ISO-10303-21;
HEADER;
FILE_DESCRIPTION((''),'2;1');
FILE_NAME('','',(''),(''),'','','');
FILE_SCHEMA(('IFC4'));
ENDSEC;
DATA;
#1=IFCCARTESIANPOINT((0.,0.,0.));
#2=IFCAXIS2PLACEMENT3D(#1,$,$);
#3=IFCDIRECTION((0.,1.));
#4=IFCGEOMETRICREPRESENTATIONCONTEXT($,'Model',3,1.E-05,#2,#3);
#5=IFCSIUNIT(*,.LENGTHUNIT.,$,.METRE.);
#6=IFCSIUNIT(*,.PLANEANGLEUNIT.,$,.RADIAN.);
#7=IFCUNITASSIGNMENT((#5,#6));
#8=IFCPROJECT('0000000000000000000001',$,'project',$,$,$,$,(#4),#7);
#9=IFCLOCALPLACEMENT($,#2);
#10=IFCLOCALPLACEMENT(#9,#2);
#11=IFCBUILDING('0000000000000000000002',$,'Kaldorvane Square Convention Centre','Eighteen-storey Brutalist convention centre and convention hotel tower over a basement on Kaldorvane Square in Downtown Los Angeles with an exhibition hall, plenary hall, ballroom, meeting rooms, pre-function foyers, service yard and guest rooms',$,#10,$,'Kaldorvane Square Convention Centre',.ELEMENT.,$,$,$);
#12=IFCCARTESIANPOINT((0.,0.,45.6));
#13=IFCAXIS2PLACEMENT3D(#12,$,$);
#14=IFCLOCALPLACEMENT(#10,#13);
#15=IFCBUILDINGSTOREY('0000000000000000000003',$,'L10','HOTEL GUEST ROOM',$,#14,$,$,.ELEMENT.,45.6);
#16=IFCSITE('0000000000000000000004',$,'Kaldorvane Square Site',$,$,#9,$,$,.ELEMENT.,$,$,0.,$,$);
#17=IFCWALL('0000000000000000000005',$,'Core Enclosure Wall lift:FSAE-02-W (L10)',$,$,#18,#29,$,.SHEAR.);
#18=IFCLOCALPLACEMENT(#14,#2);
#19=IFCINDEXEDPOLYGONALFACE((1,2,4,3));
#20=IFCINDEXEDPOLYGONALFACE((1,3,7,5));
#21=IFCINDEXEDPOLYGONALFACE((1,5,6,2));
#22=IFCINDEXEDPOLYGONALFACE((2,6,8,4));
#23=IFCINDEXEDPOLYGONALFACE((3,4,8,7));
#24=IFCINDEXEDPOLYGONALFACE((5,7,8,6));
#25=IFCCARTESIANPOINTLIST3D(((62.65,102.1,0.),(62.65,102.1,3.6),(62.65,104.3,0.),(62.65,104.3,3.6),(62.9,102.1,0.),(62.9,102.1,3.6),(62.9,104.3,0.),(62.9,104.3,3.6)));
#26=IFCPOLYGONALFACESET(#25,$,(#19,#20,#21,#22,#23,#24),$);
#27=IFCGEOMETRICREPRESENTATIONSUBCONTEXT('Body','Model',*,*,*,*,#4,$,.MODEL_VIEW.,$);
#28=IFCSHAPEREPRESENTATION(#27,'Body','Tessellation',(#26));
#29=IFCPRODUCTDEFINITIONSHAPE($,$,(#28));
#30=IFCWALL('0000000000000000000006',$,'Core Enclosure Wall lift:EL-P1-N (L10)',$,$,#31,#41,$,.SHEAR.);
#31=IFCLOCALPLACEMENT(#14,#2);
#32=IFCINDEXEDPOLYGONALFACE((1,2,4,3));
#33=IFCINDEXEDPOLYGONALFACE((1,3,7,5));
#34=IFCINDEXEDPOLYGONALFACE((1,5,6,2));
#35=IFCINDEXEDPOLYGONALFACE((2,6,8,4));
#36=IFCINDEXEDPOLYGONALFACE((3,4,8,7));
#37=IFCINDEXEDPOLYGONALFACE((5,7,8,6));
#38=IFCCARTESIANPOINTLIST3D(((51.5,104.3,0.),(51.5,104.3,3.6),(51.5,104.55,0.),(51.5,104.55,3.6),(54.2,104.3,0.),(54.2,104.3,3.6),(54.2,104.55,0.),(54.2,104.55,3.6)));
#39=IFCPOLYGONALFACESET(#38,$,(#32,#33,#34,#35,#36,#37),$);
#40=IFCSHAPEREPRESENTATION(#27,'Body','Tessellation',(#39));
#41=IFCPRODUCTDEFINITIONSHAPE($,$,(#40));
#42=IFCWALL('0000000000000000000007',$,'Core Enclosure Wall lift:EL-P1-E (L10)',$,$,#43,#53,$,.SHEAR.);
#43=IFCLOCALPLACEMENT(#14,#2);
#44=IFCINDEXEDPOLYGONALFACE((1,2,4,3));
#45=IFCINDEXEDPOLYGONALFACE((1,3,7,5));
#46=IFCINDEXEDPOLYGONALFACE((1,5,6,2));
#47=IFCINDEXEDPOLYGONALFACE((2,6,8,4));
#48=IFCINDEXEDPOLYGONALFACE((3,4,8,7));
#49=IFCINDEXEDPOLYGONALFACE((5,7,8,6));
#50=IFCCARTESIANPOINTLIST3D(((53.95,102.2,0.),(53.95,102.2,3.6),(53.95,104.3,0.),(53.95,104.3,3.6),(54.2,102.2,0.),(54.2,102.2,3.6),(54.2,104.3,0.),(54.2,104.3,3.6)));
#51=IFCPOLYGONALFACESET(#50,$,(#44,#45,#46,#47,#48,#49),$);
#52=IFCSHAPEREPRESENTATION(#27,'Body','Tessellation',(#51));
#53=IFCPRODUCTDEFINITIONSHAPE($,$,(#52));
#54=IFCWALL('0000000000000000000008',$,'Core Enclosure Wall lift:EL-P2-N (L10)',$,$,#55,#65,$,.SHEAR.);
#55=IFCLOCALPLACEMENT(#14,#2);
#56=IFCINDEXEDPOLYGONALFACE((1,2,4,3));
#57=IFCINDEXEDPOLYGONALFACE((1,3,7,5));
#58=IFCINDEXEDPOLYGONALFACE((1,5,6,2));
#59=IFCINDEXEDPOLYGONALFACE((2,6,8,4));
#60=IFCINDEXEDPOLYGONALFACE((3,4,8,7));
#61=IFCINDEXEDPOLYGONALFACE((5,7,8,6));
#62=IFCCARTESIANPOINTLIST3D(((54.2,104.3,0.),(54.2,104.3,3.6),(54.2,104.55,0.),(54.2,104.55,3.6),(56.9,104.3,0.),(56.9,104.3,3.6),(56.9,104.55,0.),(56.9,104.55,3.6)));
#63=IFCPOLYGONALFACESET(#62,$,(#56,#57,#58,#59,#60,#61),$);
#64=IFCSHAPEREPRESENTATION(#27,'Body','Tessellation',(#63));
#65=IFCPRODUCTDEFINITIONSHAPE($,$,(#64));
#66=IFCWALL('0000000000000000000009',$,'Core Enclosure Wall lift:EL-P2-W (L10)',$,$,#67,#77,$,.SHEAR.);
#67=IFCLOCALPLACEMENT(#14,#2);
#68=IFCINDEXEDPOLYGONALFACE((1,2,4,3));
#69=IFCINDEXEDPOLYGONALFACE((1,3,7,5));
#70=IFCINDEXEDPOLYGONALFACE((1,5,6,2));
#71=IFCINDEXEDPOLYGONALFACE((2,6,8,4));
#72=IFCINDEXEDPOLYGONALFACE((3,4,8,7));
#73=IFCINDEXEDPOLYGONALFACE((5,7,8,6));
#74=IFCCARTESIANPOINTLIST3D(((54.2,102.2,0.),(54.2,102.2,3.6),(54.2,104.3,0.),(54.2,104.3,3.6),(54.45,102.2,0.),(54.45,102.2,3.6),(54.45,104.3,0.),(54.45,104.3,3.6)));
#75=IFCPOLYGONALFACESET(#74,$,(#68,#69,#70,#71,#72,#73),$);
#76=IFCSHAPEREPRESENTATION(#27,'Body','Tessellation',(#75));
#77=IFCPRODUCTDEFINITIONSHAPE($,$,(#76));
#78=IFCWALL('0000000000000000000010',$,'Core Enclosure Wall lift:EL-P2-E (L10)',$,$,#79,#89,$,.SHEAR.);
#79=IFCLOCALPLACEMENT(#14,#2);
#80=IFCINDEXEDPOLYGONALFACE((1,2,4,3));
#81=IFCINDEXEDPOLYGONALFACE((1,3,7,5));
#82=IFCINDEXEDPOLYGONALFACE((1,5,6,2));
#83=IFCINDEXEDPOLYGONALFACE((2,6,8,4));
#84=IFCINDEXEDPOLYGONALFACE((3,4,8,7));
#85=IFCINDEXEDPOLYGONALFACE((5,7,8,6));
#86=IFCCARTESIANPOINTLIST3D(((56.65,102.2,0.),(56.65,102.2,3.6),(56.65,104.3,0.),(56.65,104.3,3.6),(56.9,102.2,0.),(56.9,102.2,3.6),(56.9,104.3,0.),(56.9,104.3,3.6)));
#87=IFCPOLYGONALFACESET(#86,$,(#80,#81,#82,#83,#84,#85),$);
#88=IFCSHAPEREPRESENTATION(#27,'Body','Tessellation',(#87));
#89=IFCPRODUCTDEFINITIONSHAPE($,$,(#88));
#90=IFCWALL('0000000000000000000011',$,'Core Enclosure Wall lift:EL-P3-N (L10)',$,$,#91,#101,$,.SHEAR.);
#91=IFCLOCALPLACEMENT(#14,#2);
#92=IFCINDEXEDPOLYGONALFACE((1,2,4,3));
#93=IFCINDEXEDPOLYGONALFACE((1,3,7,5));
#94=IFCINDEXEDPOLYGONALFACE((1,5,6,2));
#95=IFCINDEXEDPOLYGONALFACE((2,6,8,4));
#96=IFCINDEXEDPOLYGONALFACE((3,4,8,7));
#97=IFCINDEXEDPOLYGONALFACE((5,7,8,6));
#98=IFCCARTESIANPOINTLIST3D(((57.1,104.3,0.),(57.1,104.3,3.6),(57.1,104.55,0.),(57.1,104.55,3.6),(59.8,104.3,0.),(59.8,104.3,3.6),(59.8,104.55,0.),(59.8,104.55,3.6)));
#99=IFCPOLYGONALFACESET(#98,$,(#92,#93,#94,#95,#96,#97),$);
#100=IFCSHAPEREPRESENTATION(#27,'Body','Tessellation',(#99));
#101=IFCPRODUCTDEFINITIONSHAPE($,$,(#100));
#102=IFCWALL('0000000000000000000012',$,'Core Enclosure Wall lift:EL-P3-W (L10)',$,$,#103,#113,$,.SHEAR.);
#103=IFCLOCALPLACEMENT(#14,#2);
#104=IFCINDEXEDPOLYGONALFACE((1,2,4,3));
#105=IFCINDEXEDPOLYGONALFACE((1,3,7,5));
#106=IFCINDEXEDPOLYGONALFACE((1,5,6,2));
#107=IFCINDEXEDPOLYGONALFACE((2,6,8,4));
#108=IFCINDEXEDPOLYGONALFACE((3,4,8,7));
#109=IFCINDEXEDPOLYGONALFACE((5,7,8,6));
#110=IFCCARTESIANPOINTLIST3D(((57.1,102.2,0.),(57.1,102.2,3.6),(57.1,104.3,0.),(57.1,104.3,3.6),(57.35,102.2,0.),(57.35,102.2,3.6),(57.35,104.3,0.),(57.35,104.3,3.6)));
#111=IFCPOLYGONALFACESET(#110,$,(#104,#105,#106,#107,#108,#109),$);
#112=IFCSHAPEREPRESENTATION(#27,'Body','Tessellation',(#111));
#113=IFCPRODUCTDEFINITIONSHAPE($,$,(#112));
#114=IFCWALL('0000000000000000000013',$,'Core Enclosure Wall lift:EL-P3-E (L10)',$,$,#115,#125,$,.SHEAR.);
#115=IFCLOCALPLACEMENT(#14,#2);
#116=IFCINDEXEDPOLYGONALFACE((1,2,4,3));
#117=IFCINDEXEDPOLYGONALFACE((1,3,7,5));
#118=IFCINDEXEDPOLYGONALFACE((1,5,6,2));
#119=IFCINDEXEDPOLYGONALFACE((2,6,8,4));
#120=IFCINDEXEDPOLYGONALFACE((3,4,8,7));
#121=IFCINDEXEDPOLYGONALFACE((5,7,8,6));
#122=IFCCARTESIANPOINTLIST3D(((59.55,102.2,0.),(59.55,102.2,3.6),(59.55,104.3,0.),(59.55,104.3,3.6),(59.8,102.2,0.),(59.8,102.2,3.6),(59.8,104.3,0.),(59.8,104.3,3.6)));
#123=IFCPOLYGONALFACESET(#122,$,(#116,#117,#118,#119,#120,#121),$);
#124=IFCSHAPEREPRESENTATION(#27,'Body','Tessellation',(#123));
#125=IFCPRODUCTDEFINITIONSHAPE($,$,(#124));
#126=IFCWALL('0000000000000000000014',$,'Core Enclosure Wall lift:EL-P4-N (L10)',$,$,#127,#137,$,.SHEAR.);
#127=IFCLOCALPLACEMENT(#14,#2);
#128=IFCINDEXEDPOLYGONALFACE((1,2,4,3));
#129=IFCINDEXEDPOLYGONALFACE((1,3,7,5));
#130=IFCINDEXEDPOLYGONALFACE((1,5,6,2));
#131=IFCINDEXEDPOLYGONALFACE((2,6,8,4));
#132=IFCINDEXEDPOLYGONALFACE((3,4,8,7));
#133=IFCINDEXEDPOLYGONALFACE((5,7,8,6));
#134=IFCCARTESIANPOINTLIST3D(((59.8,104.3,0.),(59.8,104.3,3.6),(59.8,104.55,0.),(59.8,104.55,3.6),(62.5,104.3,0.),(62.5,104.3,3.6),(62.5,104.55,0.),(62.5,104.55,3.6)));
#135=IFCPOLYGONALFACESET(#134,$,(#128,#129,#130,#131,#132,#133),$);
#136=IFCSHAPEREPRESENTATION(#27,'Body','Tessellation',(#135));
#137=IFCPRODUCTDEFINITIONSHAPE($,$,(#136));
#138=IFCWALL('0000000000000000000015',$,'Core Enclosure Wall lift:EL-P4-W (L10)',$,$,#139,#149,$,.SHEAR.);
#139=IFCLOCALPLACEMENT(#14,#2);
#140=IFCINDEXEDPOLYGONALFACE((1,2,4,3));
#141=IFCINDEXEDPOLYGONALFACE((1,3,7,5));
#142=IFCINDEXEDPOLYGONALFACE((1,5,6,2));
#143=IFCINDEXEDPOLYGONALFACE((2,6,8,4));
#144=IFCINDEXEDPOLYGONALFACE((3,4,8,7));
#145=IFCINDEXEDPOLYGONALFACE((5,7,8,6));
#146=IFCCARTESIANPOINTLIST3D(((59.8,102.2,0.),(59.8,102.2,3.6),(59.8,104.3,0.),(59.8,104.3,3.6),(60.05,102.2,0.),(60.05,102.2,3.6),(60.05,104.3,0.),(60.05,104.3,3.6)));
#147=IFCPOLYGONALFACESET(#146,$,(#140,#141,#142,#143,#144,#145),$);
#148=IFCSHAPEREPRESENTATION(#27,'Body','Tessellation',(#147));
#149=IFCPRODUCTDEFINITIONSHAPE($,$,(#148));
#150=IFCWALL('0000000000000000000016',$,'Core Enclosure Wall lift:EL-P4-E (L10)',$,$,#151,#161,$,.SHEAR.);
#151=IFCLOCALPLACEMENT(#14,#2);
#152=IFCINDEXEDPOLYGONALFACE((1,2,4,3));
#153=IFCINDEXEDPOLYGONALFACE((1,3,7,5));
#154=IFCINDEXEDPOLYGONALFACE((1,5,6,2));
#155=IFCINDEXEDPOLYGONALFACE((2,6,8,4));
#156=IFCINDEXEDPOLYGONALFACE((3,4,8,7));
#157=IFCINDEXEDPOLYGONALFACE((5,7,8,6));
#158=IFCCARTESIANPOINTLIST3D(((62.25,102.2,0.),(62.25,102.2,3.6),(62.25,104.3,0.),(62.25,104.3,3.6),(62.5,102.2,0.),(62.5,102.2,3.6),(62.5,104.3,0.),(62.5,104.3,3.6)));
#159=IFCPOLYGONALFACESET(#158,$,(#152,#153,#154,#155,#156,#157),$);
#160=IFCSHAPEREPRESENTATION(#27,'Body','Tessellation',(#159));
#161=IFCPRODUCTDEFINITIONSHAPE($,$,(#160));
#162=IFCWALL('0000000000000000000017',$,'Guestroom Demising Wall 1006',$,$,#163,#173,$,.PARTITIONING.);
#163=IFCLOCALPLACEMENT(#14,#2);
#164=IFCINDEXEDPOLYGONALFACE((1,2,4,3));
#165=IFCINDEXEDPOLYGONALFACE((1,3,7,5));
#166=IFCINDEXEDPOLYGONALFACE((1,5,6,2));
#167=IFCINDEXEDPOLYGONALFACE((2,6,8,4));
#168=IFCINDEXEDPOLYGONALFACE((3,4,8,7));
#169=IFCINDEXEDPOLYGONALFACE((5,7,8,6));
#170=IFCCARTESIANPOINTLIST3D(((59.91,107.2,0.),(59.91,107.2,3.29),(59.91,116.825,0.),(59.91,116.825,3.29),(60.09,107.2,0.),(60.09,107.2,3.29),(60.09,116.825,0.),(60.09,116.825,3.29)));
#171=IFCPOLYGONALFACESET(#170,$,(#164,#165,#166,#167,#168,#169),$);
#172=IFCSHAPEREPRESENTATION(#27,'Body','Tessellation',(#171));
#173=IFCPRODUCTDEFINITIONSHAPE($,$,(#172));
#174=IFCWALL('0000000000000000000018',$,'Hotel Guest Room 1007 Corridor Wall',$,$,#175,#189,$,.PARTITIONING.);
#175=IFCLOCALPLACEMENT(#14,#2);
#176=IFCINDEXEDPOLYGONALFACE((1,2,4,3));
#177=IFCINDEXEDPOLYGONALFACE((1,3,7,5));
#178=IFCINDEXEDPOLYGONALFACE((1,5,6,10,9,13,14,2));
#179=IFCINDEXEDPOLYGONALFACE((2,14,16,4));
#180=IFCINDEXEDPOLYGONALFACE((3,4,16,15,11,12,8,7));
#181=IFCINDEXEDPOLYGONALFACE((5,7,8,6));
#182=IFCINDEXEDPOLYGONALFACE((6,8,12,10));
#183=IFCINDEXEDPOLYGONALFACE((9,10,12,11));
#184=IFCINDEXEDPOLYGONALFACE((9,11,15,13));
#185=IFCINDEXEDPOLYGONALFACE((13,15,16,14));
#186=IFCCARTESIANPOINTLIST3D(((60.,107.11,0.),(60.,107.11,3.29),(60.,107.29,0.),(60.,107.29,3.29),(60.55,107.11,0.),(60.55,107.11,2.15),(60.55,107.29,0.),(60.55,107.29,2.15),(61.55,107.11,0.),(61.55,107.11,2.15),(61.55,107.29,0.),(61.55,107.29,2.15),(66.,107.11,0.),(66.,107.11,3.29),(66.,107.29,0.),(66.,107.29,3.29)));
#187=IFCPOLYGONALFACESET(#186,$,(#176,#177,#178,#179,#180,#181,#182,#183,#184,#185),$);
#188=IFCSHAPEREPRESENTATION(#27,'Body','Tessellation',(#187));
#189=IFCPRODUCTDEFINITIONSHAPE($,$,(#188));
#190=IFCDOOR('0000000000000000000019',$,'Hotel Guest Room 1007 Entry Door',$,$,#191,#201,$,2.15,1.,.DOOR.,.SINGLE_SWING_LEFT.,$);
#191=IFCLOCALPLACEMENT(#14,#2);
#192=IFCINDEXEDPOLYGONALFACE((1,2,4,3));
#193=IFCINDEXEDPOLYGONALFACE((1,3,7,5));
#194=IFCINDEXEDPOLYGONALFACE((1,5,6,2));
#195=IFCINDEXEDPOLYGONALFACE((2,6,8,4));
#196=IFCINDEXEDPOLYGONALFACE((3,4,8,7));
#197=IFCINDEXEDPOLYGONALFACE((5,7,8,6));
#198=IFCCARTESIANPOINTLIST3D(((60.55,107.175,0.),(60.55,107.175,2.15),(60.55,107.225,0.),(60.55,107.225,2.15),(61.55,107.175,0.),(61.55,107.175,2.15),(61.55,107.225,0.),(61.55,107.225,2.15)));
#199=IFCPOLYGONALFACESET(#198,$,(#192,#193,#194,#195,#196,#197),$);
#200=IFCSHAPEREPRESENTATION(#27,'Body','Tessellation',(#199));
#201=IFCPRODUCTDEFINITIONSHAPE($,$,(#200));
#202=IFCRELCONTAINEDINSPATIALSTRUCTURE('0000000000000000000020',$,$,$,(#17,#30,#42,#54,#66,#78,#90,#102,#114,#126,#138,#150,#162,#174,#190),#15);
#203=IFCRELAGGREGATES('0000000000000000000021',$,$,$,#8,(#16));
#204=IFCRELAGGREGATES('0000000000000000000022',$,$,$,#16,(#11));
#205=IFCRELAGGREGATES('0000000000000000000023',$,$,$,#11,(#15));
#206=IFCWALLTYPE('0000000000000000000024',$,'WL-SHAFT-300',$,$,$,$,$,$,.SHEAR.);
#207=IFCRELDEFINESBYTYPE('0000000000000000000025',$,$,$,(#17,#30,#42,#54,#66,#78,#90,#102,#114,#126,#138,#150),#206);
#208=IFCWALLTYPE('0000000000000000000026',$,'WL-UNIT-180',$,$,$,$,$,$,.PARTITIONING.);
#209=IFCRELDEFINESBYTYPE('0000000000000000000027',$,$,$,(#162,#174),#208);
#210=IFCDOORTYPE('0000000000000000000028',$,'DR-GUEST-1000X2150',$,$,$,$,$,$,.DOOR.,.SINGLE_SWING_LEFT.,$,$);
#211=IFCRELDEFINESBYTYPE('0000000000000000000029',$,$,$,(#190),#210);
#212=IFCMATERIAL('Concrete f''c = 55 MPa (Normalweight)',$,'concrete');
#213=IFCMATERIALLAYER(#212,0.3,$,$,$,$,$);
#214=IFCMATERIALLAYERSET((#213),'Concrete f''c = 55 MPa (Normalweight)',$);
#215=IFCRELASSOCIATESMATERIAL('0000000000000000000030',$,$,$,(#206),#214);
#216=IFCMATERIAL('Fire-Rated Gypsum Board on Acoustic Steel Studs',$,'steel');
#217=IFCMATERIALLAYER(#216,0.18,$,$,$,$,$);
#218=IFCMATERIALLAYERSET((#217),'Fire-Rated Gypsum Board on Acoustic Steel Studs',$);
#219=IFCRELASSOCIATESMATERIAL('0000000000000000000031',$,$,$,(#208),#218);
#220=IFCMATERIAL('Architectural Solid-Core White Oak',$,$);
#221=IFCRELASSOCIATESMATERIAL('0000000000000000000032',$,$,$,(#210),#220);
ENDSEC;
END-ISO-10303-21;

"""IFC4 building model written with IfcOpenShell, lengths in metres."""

from ifc_helpers import new_model, si_unit, direction, frame, frame_2d, origin, place, context, subcontext, project, spatial, rectangle, extrude, material, layer, layer_set, type_object, element, fill, save


model = new_model("IFC4")

# Units and contexts
model_context = context("Model", 3, precision=1e-05, world=origin(), true_north=direction((0.0, 1.0)))
body_context = subcontext(model_context, "Body", "Model", "MODEL_VIEW")
ifc_project = project(units=[si_unit("LENGTHUNIT", "METRE"), si_unit("PLANEANGLEUNIT", "RADIAN")], contexts=[model_context])

# Site, building, storey
site_placement = place(None, origin())
site = spatial("IfcSite", under=ifc_project, at=site_placement, Name="Kaldorvane Square Site", CompositionType="ELEMENT", RefElevation=0.0)
building_placement = place(site_placement, origin())
building = spatial("IfcBuilding", under=site, at=building_placement, Name="Kaldorvane Square Convention Centre", Description="Eighteen-storey Brutalist convention centre and convention hotel tower over a basement on Kaldorvane Square in Downtown Los Angeles with an exhibition hall, plenary hall, ballroom, meeting rooms, pre-function foyers, service yard and guest rooms", LongName="Kaldorvane Square Convention Centre", CompositionType="ELEMENT")
storey_placement = place(building_placement, frame((0.0, 0.0, 45.6)))
storey = spatial("IfcBuildingStorey", under=building, at=storey_placement, Name="L10", Description="HOTEL GUEST ROOM", CompositionType="ELEMENT", Elevation=45.6)

# Shared definitions
ifc_material_1 = material(Name="Fire-Rated Gypsum Board on Acoustic Steel Studs", Category="steel")
ifc_material_2 = material(Name="Architectural Solid-Core White Oak")

# Walls
ifc_material_3 = material(Name="Concrete f'c = 55 MPa (Normalweight)", Category="concrete")
ifc_layer_1 = layer(ifc_material_3, 0.3)
ifc_layer_set_1 = layer_set([ifc_layer_1], Name="Concrete f'c = 55 MPa (Normalweight)")
wall_type_1 = type_object("IfcWallType", Name="WL-SHAFT-300", PredefinedType="SHEAR", material=ifc_layer_set_1)
wall_1_placement = place(storey_placement, frame((62.775, 104.3, 0.0), z_axis=(0.0, 0.0, 1.0), x_axis=(0.0, -1.0, 0.0)))
element("IfcWall", 1, at=wall_1_placement, inside=storey, type_object=wall_type_1, Name="Core Enclosure Wall lift:FSAE-02-W (L10)", PredefinedType="SHEAR", context=body_context, shape_type="SweptSolid", body=[
    extrude(rectangle(XDim=2.2, YDim=0.25, at=frame_2d((1.1, 0.0))), origin(), (0.0, 0.0, 1.0), 3.6),
])
wall_2_placement = place(storey_placement, frame((54.2, 104.425, 0.0), z_axis=(0.0, 0.0, 1.0), x_axis=(-1.0, 0.0, 0.0)))
element("IfcWall", 2, at=wall_2_placement, inside=storey, type_object=wall_type_1, Name="Core Enclosure Wall lift:EL-P1-N (L10)", PredefinedType="SHEAR", context=body_context, shape_type="SweptSolid", body=[
    extrude(rectangle(XDim=2.7, YDim=0.25, at=frame_2d((1.35, 0.0))), origin(), (0.0, 0.0, 1.0), 3.6),
])
wall_3_placement = place(storey_placement, frame((54.075, 102.2, 0.0), z_axis=(0.0, 0.0, 1.0), x_axis=(0.0, 1.0, 0.0)))
element("IfcWall", 3, at=wall_3_placement, inside=storey, type_object=wall_type_1, Name="Core Enclosure Wall lift:EL-P1-E (L10)", PredefinedType="SHEAR", context=body_context, shape_type="SweptSolid", body=[
    extrude(rectangle(XDim=2.1, YDim=0.25, at=frame_2d((1.05, 0.0))), origin(), (0.0, 0.0, 1.0), 3.6),
])
wall_4_placement = place(storey_placement, frame((56.9, 104.425, 0.0), z_axis=(0.0, 0.0, 1.0), x_axis=(-1.0, 0.0, 0.0)))
element("IfcWall", 4, at=wall_4_placement, inside=storey, type_object=wall_type_1, Name="Core Enclosure Wall lift:EL-P2-N (L10)", PredefinedType="SHEAR", context=body_context, shape_type="SweptSolid", body=[
    extrude(rectangle(XDim=2.7, YDim=0.25, at=frame_2d((1.35, 0.0))), origin(), (0.0, 0.0, 1.0), 3.6),
])
for number, where, z_axis, x_axis, name in (
    (5, (54.325, 104.3, 0.0), (0.0, 0.0, 1.0), (0.0, -1.0, 0.0), "Core Enclosure Wall lift:EL-P2-W (L10)"),
    (6, (56.775, 102.2, 0.0), (0.0, 0.0, 1.0), (0.0, 1.0, 0.0), "Core Enclosure Wall lift:EL-P2-E (L10)"),
):
    element("IfcWall", number, at=place(storey_placement, frame(where, z_axis=z_axis, x_axis=x_axis)), inside=storey, type_object=wall_type_1, Name=name, PredefinedType="SHEAR", context=body_context, shape_type="SweptSolid", body=[
        extrude(rectangle(XDim=2.1, YDim=0.25, at=frame_2d((1.05, 0.0))), origin(), (0.0, 0.0, 1.0), 3.6),
    ])
wall_5_placement = place(storey_placement, frame((59.8, 104.425, 0.0), z_axis=(0.0, 0.0, 1.0), x_axis=(-1.0, 0.0, 0.0)))
element("IfcWall", 7, at=wall_5_placement, inside=storey, type_object=wall_type_1, Name="Core Enclosure Wall lift:EL-P3-N (L10)", PredefinedType="SHEAR", context=body_context, shape_type="SweptSolid", body=[
    extrude(rectangle(XDim=2.7, YDim=0.25, at=frame_2d((1.35, 0.0))), origin(), (0.0, 0.0, 1.0), 3.6),
])
for number, where, z_axis, x_axis, name in (
    (8, (57.225, 104.3, 0.0), (0.0, 0.0, 1.0), (0.0, -1.0, 0.0), "Core Enclosure Wall lift:EL-P3-W (L10)"),
    (9, (59.675, 102.2, 0.0), (0.0, 0.0, 1.0), (0.0, 1.0, 0.0), "Core Enclosure Wall lift:EL-P3-E (L10)"),
):
    element("IfcWall", number, at=place(storey_placement, frame(where, z_axis=z_axis, x_axis=x_axis)), inside=storey, type_object=wall_type_1, Name=name, PredefinedType="SHEAR", context=body_context, shape_type="SweptSolid", body=[
        extrude(rectangle(XDim=2.1, YDim=0.25, at=frame_2d((1.05, 0.0))), origin(), (0.0, 0.0, 1.0), 3.6),
    ])
wall_6_placement = place(storey_placement, frame((62.5, 104.425, 0.0), z_axis=(0.0, 0.0, 1.0), x_axis=(-1.0, 0.0, 0.0)))
element("IfcWall", 10, at=wall_6_placement, inside=storey, type_object=wall_type_1, Name="Core Enclosure Wall lift:EL-P4-N (L10)", PredefinedType="SHEAR", context=body_context, shape_type="SweptSolid", body=[
    extrude(rectangle(XDim=2.7, YDim=0.25, at=frame_2d((1.35, 0.0))), origin(), (0.0, 0.0, 1.0), 3.6),
])
for number, where, z_axis, x_axis, name in (
    (11, (59.925, 104.3, 0.0), (0.0, 0.0, 1.0), (0.0, -1.0, 0.0), "Core Enclosure Wall lift:EL-P4-W (L10)"),
    (12, (62.375, 102.2, 0.0), (0.0, 0.0, 1.0), (0.0, 1.0, 0.0), "Core Enclosure Wall lift:EL-P4-E (L10)"),
):
    element("IfcWall", number, at=place(storey_placement, frame(where, z_axis=z_axis, x_axis=x_axis)), inside=storey, type_object=wall_type_1, Name=name, PredefinedType="SHEAR", context=body_context, shape_type="SweptSolid", body=[
        extrude(rectangle(XDim=2.1, YDim=0.25, at=frame_2d((1.05, 0.0))), origin(), (0.0, 0.0, 1.0), 3.6),
    ])
ifc_layer_2 = layer(ifc_material_1, 0.18)
ifc_layer_set_2 = layer_set([ifc_layer_2], Name="Fire-Rated Gypsum Board on Acoustic Steel Studs")
wall_type_2 = type_object("IfcWallType", Name="WL-UNIT-180", PredefinedType="PARTITIONING", material=ifc_layer_set_2)
wall_7_placement = place(storey_placement, frame((60.0, 107.2, 0.0), z_axis=(0.0, 0.0, 1.0), x_axis=(0.0, 1.0, 0.0)))
element("IfcWall", 13, at=wall_7_placement, inside=storey, type_object=wall_type_2, Name="Guestroom Demising Wall 1006", PredefinedType="PARTITIONING", context=body_context, shape_type="SweptSolid", body=[
    extrude(rectangle(XDim=9.625, YDim=0.18, at=frame_2d((4.8125, 0.0))), origin(), (0.0, 0.0, 1.0), 3.29),
])

# Wall, opening, door
wall_8_placement = place(storey_placement, frame((60.0, 107.2, 0.0), z_axis=(0.0, 0.0, 1.0), x_axis=(1.0, 0.0, 0.0)))
wall_8 = element("IfcWall", 14, at=wall_8_placement, inside=storey, type_object=wall_type_2, Name="Hotel Guest Room 1007 Corridor Wall", PredefinedType="PARTITIONING", context=body_context, shape_type="SweptSolid", body=[
    extrude(rectangle(XDim=6.0, YDim=0.18, at=frame_2d((3.0, 0.0))), origin(), (0.0, 0.0, 1.0), 3.29),
])
opening_1_placement = place(wall_8_placement, frame((0.55, 0.0, 0.0)))
opening_1 = element("IfcOpeningElement", 15, at=opening_1_placement, cuts=wall_8, PredefinedType="OPENING", context=body_context, shape_type="SweptSolid", body=[
    extrude(rectangle(XDim=1.0, YDim=2.15, at=frame_2d((0.5, 1.075))), frame((0.0, 0.105, 0.0), z_axis=(0.0, -1.0, 0.0), x_axis=(1.0, 0.0, 0.0)), (0.0, 0.0, 1.0), 0.21),
])
door_type_1 = type_object("IfcDoorType", Name="DR-GUEST-1000X2150", OperationType="SINGLE_SWING_LEFT", PredefinedType="DOOR", material=ifc_material_2)
door_1_placement = place(opening_1_placement, origin())
door_1 = element("IfcDoor", 16, at=door_1_placement, inside=storey, type_object=door_type_1, Name="Hotel Guest Room 1007 Entry Door", OperationType="SINGLE_SWING_LEFT", OverallHeight=2.15, OverallWidth=1.0, PredefinedType="DOOR", context=body_context, shape_type="SweptSolid", body=[
    extrude(rectangle(XDim=1.0, YDim=2.15, at=frame_2d((0.5, 1.075))), frame((0.0, 0.025, 0.0), z_axis=(0.0, -1.0, 0.0), x_axis=(1.0, 0.0, 0.0)), (0.0, 0.0, 1.0), 0.05),
])
fill(opening_1, door_1)

save(model, "model.ifc")
